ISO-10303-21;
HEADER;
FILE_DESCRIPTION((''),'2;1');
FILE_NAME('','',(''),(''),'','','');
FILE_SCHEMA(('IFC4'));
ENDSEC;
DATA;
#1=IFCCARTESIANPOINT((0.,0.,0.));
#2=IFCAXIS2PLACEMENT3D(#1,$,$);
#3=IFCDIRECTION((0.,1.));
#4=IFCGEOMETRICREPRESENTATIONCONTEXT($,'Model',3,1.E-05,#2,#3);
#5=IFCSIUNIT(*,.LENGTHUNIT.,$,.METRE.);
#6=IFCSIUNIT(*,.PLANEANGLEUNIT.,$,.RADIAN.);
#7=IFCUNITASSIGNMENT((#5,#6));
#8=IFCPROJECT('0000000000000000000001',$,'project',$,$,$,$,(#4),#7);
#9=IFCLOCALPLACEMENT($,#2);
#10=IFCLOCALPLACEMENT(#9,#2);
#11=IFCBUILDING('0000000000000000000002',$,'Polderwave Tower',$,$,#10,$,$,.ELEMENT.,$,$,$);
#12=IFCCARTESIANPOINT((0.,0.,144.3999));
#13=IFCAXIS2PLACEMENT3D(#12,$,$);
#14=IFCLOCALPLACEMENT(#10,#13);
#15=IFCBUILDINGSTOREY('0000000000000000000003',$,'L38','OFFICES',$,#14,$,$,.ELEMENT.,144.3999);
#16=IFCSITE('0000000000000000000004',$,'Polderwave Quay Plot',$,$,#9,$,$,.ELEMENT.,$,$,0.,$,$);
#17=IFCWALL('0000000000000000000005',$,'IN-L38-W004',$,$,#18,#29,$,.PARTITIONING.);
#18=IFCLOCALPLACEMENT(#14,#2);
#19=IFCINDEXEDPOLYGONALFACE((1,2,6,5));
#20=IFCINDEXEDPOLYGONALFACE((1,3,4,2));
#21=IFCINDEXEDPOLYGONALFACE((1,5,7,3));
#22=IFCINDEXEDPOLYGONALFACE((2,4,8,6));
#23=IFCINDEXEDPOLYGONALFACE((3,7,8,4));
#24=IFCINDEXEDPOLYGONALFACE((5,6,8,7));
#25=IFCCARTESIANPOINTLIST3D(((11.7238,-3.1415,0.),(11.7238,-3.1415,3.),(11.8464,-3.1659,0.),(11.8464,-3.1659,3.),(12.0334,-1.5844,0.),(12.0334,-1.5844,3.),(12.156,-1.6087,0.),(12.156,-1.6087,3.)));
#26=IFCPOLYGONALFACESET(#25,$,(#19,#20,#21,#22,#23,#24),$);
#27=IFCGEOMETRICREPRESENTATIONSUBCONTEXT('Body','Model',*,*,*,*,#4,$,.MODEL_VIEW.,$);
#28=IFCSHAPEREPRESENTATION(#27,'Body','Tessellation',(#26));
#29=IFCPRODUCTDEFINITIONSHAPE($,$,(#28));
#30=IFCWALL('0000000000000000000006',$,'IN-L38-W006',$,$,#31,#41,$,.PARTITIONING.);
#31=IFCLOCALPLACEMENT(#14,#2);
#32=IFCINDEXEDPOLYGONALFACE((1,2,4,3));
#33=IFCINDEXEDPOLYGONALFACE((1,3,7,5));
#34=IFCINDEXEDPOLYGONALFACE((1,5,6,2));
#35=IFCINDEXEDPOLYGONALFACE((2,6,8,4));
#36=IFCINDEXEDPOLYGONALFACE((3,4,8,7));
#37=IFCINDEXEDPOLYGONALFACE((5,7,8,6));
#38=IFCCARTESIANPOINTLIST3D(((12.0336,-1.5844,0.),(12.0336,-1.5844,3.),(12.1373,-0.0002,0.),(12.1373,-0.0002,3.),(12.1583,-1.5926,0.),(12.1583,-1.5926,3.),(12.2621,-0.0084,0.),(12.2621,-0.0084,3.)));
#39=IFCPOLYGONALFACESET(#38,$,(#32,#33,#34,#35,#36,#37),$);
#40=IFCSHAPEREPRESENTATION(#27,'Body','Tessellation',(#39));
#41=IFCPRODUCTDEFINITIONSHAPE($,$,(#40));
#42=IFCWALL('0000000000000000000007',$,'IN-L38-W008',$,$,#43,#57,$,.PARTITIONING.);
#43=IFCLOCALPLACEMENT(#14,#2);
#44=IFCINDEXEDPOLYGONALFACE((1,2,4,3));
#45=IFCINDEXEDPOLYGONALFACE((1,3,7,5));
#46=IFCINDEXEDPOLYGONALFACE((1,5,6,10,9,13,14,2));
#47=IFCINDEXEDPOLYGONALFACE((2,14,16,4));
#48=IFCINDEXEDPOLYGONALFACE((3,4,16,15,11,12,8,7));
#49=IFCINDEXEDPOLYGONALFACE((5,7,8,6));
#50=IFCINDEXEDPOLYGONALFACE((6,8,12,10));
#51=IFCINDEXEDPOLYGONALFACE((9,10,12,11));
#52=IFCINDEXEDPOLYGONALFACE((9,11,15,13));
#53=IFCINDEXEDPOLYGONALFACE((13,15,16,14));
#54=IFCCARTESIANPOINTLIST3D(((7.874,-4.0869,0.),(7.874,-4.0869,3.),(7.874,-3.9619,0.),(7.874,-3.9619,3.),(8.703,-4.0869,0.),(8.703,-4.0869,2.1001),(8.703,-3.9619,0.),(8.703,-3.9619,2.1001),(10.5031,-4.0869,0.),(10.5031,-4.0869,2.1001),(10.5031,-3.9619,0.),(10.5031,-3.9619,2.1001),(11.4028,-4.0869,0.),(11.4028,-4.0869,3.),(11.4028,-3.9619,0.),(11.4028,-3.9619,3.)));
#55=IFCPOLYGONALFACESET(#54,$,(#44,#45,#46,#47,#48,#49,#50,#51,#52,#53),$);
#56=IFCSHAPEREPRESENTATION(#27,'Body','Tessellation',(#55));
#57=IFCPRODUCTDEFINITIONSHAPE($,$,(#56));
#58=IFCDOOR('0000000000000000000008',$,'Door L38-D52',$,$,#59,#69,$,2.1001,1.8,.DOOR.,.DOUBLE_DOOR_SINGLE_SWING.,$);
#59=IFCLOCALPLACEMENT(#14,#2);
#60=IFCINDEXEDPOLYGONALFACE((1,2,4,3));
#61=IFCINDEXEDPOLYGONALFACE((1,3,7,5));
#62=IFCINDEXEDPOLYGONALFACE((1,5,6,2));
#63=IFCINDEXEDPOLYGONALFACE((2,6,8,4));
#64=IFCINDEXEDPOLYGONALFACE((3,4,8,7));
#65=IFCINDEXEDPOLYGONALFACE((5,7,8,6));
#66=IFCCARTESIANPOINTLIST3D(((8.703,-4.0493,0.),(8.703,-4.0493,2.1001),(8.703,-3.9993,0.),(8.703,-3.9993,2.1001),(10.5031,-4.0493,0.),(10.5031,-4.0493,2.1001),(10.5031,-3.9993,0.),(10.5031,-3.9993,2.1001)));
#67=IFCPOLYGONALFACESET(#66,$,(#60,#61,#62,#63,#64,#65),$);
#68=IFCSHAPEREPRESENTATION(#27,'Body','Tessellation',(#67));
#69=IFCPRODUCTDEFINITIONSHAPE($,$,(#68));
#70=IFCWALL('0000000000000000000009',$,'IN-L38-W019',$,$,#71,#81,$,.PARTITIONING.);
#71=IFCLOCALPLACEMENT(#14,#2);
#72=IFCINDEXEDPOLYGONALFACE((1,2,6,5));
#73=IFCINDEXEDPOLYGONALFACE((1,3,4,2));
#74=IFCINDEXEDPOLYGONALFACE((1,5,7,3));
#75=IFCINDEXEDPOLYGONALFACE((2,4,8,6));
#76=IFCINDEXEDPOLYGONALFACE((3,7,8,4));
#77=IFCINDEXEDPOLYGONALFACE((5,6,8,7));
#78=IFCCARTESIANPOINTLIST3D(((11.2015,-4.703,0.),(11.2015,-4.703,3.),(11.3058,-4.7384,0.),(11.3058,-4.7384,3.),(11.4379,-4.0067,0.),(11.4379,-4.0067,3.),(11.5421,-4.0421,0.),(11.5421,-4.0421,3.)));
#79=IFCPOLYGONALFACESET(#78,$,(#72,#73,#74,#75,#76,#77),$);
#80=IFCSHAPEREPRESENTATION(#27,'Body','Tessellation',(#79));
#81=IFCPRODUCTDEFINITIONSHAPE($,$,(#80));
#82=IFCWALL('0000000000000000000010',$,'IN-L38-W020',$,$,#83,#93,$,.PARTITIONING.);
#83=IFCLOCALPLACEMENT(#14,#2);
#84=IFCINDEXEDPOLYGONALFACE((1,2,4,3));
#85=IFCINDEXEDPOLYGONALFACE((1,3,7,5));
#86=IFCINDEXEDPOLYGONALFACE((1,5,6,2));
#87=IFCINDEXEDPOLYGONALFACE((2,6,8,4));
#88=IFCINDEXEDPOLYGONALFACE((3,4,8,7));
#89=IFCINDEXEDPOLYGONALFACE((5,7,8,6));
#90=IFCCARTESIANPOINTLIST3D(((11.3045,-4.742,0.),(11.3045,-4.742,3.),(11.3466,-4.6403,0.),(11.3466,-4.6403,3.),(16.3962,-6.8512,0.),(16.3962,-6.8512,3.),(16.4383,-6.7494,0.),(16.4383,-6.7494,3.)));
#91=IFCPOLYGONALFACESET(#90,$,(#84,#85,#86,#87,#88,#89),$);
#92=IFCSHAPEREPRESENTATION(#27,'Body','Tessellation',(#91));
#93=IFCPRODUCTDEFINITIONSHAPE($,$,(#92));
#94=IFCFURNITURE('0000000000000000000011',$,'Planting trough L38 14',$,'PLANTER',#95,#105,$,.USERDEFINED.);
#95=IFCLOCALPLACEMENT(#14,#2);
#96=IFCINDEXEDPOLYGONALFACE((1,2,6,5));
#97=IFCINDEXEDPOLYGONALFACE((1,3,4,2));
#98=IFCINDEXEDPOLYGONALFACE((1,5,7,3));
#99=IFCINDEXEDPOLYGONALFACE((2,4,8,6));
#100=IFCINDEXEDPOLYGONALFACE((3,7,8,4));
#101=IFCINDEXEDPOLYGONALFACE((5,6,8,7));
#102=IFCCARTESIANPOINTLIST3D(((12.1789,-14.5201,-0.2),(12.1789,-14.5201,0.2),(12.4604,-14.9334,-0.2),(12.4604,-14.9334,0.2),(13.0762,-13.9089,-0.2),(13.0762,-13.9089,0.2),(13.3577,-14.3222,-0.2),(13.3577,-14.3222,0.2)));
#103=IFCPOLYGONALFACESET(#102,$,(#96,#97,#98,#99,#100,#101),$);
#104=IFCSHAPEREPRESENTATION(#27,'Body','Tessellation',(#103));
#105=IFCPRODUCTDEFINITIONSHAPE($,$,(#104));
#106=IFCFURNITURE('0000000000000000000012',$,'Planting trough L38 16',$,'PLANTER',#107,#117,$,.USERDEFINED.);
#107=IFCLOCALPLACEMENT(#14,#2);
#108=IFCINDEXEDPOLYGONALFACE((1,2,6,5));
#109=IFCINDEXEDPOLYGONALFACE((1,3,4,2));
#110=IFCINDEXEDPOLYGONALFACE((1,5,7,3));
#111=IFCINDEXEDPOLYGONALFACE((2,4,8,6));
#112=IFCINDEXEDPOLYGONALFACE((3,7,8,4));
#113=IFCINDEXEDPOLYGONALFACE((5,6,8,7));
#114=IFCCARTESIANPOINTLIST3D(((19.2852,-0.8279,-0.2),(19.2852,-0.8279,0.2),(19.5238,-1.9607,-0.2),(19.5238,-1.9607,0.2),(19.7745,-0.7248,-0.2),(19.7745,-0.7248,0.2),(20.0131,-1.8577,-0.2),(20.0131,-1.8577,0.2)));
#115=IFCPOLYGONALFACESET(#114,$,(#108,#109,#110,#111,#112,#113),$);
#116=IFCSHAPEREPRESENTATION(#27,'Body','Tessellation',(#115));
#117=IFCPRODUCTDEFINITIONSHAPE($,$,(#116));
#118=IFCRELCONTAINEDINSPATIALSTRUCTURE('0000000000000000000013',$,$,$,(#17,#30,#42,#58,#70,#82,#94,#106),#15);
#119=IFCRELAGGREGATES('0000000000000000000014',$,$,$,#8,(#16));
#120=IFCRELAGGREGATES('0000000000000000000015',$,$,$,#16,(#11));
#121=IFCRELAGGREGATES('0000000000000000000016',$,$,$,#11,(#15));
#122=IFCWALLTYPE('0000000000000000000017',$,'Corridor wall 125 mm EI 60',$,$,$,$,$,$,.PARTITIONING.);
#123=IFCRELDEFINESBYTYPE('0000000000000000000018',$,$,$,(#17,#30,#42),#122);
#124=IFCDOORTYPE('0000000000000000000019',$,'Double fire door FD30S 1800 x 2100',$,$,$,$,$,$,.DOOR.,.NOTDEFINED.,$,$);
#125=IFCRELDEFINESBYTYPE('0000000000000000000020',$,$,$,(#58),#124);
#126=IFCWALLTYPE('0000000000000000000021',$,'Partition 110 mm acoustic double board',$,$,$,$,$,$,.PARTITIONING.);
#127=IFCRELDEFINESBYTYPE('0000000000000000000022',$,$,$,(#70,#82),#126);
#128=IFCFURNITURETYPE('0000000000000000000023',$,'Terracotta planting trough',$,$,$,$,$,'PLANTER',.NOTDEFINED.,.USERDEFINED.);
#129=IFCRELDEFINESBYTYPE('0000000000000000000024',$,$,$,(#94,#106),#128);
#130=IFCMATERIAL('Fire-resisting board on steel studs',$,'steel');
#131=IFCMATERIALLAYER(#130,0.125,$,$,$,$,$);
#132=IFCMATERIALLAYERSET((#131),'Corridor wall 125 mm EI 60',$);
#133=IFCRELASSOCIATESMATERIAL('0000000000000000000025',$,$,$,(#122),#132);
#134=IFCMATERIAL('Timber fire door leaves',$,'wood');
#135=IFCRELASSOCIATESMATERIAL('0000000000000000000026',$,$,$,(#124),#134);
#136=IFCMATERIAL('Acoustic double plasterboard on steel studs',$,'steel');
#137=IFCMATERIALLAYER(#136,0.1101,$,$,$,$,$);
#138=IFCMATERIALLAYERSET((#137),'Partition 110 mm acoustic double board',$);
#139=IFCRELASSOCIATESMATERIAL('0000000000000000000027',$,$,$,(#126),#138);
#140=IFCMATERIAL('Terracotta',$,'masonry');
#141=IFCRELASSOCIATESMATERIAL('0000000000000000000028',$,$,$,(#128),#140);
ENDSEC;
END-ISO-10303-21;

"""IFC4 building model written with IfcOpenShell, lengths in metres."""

from ifc_helpers import new_model, si_unit, direction, frame, frame_2d, origin, origin_2d, place, context, subcontext, project, spatial, rectangle, extrude, material, layer, layer_set, type_object, element, fill, save


model = new_model("IFC4")

# Units and contexts
model_context = context("Model", 3, precision=1e-05, world=origin(), true_north=direction((0.0, 1.0)))
body_context = subcontext(model_context, "Body", "Model", "MODEL_VIEW")
ifc_project = project(units=[si_unit("LENGTHUNIT", "METRE"), si_unit("PLANEANGLEUNIT", "RADIAN")], contexts=[model_context])

# Site, building, storey
site_placement = place(None, origin())
site = spatial("IfcSite", under=ifc_project, at=site_placement, Name="Polderwave Quay Plot", CompositionType="ELEMENT", RefElevation=0.0)
building_placement = place(site_placement, origin())
building = spatial("IfcBuilding", under=site, at=building_placement, Name="Polderwave Tower", CompositionType="ELEMENT")
storey_placement = place(building_placement, frame((0.0, 0.0, 144.3999)))
storey = spatial("IfcBuildingStorey", under=building, at=storey_placement, Name="L38", Description="OFFICES", CompositionType="ELEMENT", Elevation=144.3999)

# Walls
ifc_material_1 = material(Name="Fire-resisting board on steel studs", Category="steel")
ifc_layer_1 = layer(ifc_material_1, 0.125)
ifc_layer_set_1 = layer_set([ifc_layer_1], Name="Corridor wall 125 mm EI 60")
wall_type_1 = type_object("IfcWallType", Name="Corridor wall 125 mm EI 60", PredefinedType="PARTITIONING", material=ifc_layer_set_1)
for number, where, z_axis, x_axis, name in (
    (1, (12.0947, -1.5964, 0.0), (0.0, 0.0, 1.0), (-0.194992, -0.980805, 0.0), "IN-L38-W004"),
    (2, (12.1997, -0.0042, 0.0), (0.0, 0.0, 1.0), (-0.065355, -0.997862, 0.0), "IN-L38-W006"),
):
    element("IfcWall", number, at=place(storey_placement, frame(where, z_axis=z_axis, x_axis=x_axis)), inside=storey, type_object=wall_type_1, Name=name, PredefinedType="PARTITIONING", context=body_context, shape_type="SweptSolid", body=[
        extrude(rectangle(XDim=1.5876, YDim=0.125, at=frame_2d((0.7939, 0.0))), origin(), (0.0, 0.0, 1.0), 3.0),
    ])

# Wall, opening, door
wall_1_placement = place(storey_placement, frame((11.4028, -4.0244, 0.0), z_axis=(0.0, 0.0, 1.0), x_axis=(-1.0, 0.0, 0.0)))
wall_1 = element("IfcWall", 3, at=wall_1_placement, inside=storey, type_object=wall_type_1, Name="IN-L38-W008", PredefinedType="PARTITIONING", context=body_context, shape_type="SweptSolid", body=[
    extrude(rectangle(XDim=3.5288, YDim=0.125, at=frame_2d((1.7644, 0.0))), origin(), (0.0, 0.0, 1.0), 3.0),
])
opening_placement = place(wall_1_placement, frame((0.8999, 0.0, 0.0)))
opening = element("IfcOpeningElement", 4, at=opening_placement, cuts=wall_1, PredefinedType="OPENING", context=body_context, shape_type="SweptSolid", body=[
    extrude(rectangle(XDim=1.8, YDim=2.1001, at=frame_2d((0.8999, 1.05))), frame((0.0, 0.0725, 0.0), z_axis=(0.0, -1.0, 0.0), x_axis=(1.0, 0.0, 0.0)), (0.0, 0.0, 1.0), 0.145),
])
ifc_material_2 = material(Name="Timber fire door leaves", Category="wood")
door_type = type_object("IfcDoorType", Name="Double fire door FD30S 1800 x 2100", OperationType="NOTDEFINED", PredefinedType="DOOR", material=ifc_material_2)
door_placement = place(opening_placement, origin())
door = element("IfcDoor", 5, at=door_placement, inside=storey, type_object=door_type, Name="Door L38-D52", OperationType="DOUBLE_DOOR_SINGLE_SWING", OverallHeight=2.1001, OverallWidth=1.8, PredefinedType="DOOR", context=body_context, shape_type="SweptSolid", body=[
    extrude(rectangle(XDim=1.8, YDim=2.1001, at=frame_2d((0.8999, 1.05))), frame((0.0, 0.0249, 0.0), z_axis=(0.0, -1.0, 0.0), x_axis=(1.0, 0.0, 0.0)), (0.0, 0.0, 1.0), 0.05),
])
fill(opening, door)

# Walls
ifc_material_3 = material(Name="Acoustic double plasterboard on steel studs", Category="steel")
ifc_layer_2 = layer(ifc_material_3, 0.1101)
ifc_layer_set_2 = layer_set([ifc_layer_2], Name="Partition 110 mm acoustic double board")
wall_type_2 = type_object("IfcWallType", Name="Partition 110 mm acoustic double board", PredefinedType="PARTITIONING", material=ifc_layer_set_2)
wall_2_placement = place(storey_placement, frame((11.2537, -4.7207, 0.0), z_axis=(0.0, 0.0, 1.0), x_axis=(0.321403, 0.946943, 0.0)))
element("IfcWall", 6, at=wall_2_placement, inside=storey, type_object=wall_type_2, Name="IN-L38-W019", PredefinedType="PARTITIONING", context=body_context, shape_type="SweptSolid", body=[
    extrude(rectangle(XDim=0.7354, YDim=0.1101, at=frame_2d((0.3677, 0.0))), origin(), (0.0, 0.0, 1.0), 3.0),
])
wall_3_placement = place(storey_placement, frame((16.4172, -6.8003, 0.0), z_axis=(0.0, 0.0, 1.0), x_axis=(-0.923871, 0.382705, 0.0)))
element("IfcWall", 7, at=wall_3_placement, inside=storey, type_object=wall_type_2, Name="IN-L38-W020", PredefinedType="PARTITIONING", context=body_context, shape_type="SweptSolid", body=[
    extrude(rectangle(XDim=5.5112, YDim=0.1101, at=frame_2d((2.7556, 0.0))), origin(), (0.0, 0.0, 1.0), 3.0),
])

# Furniture
ifc_material_4 = material(Name="Terracotta", Category="masonry")
furniture_type = type_object("IfcFurnitureType", Name="Terracotta planting trough", ElementType="PLANTER", AssemblyPlace="NOTDEFINED", PredefinedType="USERDEFINED", material=ifc_material_4)
furniture_1_placement = place(storey_placement, frame((12.7683, -14.4211, -0.2), z_axis=(0.0, 0.0, 1.0), x_axis=(0.826503, 0.562932, 0.0)))
element("IfcFurniture", 8, at=furniture_1_placement, inside=storey, type_object=furniture_type, Name="Planting trough L38 14", ObjectType="PLANTER", PredefinedType="USERDEFINED", context=body_context, shape_type="SweptSolid", body=[
    extrude(rectangle(XDim=1.0857, YDim=0.5, at=origin_2d()), origin(), (0.0, 0.0, 1.0), 0.3999),
])
furniture_2_placement = place(storey_placement, frame((19.6492, -1.3428, -0.2), z_axis=(0.0, 0.0, 1.0), x_axis=(-0.206073, 0.978537, 0.0)))
element("IfcFurniture", 9, at=furniture_2_placement, inside=storey, type_object=furniture_type, Name="Planting trough L38 16", ObjectType="PLANTER", PredefinedType="USERDEFINED", context=body_context, shape_type="SweptSolid", body=[
    extrude(rectangle(XDim=1.1577, YDim=0.5, at=origin_2d()), origin(), (0.0, 0.0, 1.0), 0.3999),
])

save(model, "model.ifc")
